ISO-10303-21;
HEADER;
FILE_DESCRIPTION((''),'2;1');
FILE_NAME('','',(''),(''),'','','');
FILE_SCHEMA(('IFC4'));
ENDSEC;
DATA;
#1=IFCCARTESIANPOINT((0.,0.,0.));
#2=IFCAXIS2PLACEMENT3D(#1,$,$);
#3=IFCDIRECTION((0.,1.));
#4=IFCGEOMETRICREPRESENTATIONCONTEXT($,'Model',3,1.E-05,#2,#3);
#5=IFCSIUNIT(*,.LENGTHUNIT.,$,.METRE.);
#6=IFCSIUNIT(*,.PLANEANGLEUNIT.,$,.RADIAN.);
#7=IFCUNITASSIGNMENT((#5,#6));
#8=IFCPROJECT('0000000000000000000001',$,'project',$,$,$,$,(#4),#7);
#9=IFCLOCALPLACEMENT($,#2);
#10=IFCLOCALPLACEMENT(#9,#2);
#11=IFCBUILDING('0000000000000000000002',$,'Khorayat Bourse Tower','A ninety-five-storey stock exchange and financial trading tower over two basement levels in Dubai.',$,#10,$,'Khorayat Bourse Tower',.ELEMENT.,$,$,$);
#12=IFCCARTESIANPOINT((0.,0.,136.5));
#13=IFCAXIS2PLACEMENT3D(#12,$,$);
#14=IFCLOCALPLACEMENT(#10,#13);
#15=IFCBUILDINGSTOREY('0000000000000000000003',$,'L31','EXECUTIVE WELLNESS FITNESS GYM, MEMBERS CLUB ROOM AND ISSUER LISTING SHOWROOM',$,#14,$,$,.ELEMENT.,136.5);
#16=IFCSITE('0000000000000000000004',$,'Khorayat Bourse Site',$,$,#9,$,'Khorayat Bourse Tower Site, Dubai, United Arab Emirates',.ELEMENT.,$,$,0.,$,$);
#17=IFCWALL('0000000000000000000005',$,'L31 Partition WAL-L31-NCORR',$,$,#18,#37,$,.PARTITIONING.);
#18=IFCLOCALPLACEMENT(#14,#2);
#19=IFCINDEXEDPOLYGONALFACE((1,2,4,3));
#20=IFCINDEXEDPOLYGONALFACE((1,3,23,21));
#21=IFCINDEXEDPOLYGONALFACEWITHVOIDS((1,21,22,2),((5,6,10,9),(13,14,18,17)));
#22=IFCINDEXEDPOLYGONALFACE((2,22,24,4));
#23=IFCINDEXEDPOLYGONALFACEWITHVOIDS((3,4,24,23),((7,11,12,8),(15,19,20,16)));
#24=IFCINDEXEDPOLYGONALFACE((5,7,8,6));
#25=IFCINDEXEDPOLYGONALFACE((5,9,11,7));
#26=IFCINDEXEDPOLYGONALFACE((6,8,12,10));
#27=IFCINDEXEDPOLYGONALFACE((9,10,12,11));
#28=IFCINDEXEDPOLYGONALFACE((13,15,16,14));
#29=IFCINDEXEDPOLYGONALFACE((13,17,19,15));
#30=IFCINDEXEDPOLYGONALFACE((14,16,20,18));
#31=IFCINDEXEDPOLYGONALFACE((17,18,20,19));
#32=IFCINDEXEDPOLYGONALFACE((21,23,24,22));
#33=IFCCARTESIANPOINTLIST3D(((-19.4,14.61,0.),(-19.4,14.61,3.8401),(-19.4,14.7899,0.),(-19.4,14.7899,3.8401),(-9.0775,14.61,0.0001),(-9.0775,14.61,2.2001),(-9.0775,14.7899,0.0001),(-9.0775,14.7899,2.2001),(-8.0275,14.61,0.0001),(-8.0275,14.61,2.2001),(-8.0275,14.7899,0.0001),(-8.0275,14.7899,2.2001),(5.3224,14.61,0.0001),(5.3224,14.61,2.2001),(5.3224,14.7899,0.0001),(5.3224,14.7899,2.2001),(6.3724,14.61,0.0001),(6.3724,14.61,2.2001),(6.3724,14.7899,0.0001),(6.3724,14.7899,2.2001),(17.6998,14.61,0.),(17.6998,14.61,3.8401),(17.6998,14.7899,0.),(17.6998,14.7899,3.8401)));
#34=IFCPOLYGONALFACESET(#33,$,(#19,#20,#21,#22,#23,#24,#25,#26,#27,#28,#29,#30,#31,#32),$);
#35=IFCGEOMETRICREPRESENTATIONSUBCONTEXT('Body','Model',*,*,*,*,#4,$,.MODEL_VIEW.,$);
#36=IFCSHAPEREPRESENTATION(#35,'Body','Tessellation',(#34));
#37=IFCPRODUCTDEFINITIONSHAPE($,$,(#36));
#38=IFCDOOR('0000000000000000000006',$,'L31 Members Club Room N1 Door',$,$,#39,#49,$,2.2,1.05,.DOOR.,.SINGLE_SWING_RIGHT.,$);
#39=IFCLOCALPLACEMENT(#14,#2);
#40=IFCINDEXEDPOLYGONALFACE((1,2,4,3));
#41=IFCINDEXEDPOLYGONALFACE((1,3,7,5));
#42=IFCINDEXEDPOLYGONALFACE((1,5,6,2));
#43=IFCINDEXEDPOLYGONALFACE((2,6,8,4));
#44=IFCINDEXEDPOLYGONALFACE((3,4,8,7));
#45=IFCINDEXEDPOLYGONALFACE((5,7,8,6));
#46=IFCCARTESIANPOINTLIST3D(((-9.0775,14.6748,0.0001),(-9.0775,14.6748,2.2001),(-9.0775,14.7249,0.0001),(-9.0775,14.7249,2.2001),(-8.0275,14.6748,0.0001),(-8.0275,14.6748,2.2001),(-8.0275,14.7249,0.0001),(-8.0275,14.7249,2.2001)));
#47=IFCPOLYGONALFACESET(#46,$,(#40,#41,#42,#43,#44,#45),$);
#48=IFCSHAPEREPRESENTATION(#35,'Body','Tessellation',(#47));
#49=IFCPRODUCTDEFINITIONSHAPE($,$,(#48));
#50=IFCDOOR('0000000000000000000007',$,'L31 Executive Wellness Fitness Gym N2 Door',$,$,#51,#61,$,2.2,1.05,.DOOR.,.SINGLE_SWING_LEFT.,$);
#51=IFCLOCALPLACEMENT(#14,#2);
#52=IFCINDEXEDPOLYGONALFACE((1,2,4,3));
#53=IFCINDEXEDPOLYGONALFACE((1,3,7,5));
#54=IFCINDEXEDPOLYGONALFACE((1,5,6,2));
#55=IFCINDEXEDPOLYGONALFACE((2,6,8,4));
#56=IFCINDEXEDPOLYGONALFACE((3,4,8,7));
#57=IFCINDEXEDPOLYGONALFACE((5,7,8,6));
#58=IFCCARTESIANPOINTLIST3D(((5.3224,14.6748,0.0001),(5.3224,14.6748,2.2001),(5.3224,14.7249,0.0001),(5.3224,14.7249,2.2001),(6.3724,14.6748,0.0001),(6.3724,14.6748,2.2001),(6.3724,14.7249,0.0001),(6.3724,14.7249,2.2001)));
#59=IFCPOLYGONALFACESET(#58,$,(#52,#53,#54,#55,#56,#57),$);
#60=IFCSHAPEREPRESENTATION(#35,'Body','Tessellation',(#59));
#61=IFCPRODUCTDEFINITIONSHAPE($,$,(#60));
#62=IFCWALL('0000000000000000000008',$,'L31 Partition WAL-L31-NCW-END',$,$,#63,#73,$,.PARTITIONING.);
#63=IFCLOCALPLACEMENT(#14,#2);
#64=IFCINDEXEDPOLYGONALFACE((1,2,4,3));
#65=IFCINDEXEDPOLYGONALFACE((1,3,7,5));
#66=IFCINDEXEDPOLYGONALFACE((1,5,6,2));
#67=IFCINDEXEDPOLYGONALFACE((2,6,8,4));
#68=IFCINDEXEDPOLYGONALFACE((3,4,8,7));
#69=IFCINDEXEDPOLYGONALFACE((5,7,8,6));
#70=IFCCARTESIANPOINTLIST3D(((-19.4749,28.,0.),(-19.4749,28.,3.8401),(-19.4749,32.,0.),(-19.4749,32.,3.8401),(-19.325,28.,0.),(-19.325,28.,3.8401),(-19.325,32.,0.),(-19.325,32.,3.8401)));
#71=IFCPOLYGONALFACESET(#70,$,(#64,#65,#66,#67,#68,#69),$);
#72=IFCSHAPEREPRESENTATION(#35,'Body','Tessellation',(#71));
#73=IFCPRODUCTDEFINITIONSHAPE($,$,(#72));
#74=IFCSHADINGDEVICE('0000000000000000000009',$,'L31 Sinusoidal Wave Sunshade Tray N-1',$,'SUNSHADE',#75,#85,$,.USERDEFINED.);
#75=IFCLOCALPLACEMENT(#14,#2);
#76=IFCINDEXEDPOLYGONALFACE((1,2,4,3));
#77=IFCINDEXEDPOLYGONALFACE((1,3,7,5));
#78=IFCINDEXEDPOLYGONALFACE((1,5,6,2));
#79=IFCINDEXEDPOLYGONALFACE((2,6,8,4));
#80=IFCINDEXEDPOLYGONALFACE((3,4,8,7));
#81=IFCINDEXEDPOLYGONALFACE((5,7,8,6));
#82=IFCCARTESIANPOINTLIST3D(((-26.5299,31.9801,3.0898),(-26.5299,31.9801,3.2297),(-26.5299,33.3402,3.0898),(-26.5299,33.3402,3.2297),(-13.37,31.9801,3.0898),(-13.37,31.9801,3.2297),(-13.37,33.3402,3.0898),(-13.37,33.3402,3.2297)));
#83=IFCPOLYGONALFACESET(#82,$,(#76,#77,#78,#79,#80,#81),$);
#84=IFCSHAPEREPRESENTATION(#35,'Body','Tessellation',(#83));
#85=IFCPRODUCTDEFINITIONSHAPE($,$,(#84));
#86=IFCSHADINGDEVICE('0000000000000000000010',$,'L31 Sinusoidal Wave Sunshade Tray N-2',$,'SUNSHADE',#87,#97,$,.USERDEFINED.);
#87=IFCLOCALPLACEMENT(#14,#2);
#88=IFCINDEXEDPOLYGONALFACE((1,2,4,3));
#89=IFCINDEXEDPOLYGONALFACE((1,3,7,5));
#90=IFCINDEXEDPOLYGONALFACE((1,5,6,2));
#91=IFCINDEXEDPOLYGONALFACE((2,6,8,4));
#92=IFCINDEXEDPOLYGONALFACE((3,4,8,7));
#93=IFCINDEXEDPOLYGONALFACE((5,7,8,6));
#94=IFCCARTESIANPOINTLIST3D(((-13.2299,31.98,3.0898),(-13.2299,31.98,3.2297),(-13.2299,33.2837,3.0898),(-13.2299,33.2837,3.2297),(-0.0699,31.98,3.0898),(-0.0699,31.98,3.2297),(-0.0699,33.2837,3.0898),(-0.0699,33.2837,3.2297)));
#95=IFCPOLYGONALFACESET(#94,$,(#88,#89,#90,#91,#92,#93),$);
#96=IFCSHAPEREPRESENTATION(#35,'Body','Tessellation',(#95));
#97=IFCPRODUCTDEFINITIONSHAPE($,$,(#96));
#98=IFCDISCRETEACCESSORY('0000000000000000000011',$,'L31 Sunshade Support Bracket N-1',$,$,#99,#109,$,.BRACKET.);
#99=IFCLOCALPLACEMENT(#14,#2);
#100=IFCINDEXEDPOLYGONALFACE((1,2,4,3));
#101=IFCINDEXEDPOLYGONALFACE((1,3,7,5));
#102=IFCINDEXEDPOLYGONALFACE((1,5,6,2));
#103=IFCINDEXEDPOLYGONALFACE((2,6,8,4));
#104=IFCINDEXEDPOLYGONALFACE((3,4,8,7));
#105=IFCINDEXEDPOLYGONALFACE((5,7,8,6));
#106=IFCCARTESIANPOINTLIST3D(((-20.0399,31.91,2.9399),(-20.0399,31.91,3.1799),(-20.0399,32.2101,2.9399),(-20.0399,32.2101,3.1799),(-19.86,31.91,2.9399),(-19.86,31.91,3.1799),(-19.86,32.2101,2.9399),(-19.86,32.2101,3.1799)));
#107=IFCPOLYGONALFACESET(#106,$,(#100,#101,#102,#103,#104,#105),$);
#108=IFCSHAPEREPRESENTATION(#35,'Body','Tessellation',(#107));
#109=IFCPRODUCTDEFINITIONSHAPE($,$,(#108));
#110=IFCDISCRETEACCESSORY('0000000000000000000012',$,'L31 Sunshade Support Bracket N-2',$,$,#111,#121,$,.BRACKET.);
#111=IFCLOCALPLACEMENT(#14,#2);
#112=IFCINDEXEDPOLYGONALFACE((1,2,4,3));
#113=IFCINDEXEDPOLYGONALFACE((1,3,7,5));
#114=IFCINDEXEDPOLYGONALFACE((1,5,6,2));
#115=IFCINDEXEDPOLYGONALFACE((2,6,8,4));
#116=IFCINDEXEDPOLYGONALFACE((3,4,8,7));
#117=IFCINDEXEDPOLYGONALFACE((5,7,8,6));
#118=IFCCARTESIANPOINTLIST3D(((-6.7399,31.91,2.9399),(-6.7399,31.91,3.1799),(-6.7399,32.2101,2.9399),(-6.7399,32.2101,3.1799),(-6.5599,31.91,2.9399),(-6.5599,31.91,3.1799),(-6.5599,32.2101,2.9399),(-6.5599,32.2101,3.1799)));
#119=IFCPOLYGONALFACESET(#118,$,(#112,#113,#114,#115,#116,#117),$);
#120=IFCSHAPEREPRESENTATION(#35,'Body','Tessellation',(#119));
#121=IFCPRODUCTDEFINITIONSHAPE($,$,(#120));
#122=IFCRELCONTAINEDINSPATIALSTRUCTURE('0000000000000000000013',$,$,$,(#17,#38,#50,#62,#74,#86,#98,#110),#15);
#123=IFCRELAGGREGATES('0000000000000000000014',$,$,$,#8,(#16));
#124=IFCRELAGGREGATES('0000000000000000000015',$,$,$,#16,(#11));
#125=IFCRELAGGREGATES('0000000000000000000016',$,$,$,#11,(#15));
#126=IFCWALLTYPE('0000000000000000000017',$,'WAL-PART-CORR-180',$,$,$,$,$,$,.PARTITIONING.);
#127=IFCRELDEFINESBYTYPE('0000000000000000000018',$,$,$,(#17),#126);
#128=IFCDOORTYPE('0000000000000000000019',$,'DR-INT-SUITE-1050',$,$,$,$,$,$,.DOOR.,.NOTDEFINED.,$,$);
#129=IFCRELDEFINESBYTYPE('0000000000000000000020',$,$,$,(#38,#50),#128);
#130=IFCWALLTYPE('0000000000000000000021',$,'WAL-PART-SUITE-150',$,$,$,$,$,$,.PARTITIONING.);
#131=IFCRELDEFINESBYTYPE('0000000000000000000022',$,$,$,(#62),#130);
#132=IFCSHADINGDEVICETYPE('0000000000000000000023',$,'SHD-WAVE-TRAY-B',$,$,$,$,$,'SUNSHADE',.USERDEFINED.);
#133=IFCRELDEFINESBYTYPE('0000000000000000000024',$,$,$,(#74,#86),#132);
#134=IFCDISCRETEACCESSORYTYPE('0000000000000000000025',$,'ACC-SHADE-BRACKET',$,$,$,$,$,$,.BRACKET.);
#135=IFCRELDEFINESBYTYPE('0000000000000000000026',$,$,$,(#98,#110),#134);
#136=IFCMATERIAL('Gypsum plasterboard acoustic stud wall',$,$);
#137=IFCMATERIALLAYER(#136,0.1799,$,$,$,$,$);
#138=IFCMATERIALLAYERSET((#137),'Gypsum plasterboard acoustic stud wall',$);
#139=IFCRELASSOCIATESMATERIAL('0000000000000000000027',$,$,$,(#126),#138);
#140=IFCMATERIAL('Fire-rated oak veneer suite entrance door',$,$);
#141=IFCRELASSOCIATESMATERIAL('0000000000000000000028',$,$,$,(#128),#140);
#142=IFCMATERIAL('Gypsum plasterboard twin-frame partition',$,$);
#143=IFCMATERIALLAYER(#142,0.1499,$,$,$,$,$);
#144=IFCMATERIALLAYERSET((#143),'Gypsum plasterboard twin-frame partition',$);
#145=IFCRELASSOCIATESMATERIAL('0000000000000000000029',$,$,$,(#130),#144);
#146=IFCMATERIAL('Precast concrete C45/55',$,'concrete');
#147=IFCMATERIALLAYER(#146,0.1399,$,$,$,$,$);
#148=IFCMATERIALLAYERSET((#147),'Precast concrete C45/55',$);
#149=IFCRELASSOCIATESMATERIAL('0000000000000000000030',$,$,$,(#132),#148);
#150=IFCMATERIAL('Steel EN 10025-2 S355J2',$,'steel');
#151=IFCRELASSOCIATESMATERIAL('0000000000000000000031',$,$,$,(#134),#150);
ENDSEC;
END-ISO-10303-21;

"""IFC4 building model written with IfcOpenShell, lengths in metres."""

from ifc_helpers import new_model, si_unit, direction, frame, frame_2d, origin, origin_2d, place, context, subcontext, project, spatial, rectangle, extrude, source, transform, mapped, material, layer, layer_set, type_object, element, fill, save


model = new_model("IFC4")

# Units and contexts
model_context = context("Model", 3, precision=1e-05, world=origin(), true_north=direction((0.0, 1.0)))
body_context = subcontext(model_context, "Body", "Model", "MODEL_VIEW")
ifc_project = project(units=[si_unit("LENGTHUNIT", "METRE"), si_unit("PLANEANGLEUNIT", "RADIAN")], contexts=[model_context])

# Site, building, storey
site_placement = place(None, origin())
site = spatial("IfcSite", under=ifc_project, at=site_placement, Name="Khorayat Bourse Site", LongName="Khorayat Bourse Tower Site, Dubai, United Arab Emirates", CompositionType="ELEMENT", RefElevation=0.0)
building_placement = place(site_placement, origin())
building = spatial("IfcBuilding", under=site, at=building_placement, Name="Khorayat Bourse Tower", Description="A ninety-five-storey stock exchange and financial trading tower over two basement levels in Dubai.", LongName="Khorayat Bourse Tower", CompositionType="ELEMENT")
storey_placement = place(building_placement, frame((0.0, 0.0, 136.5)))
storey = spatial("IfcBuildingStorey", under=building, at=storey_placement, Name="L31", Description="EXECUTIVE WELLNESS FITNESS GYM, MEMBERS CLUB ROOM AND ISSUER LISTING SHOWROOM", CompositionType="ELEMENT", Elevation=136.5)

# Shared definitions
ifc_material_1 = material(Name="Steel EN 10025-2 S355J2", Category="steel")

# Wall, openings, doors
ifc_material_2 = material(Name="Gypsum plasterboard acoustic stud wall")
ifc_layer_1 = layer(ifc_material_2, 0.1799)
ifc_layer_set_1 = layer_set([ifc_layer_1], Name="Gypsum plasterboard acoustic stud wall")
wall_type_1 = type_object("IfcWallType", Name="WAL-PART-CORR-180", PredefinedType="PARTITIONING", material=ifc_layer_set_1)
shared_shape_1 = source(origin(), body_context, "Body", "SweptSolid", [
    extrude(rectangle(XDim=37.0999, YDim=0.1799, at=frame_2d((18.5498, 0.0))), origin(), (0.0, 0.0, 1.0), 3.8401),
])
wall_1_placement = place(storey_placement, frame((-19.3999, 14.7, 0.0), z_axis=(0.0, 0.0, 1.0), x_axis=(1.0, 0.0, 0.0)))
wall_1 = element("IfcWall", 1, at=wall_1_placement, inside=storey, type_object=wall_type_1, Name="L31 Partition WAL-L31-NCORR", PredefinedType="PARTITIONING", context=body_context, shape_type="MappedRepresentation", body=[
    mapped(shared_shape_1, transform((0.0, 0.0, 0.0), scale=1.0)),
])
shared_shape_2 = source(origin(), body_context, "Body", "SweptSolid", [
    extrude(rectangle(XDim=1.05, YDim=2.2, at=frame_2d((0.5249, 1.1001))), frame((0.0, 0.0999, 0.0), z_axis=(0.0, -1.0, 0.0), x_axis=(1.0, 0.0, 0.0)), (0.0, 0.0, 1.0), 0.2),
])
opening_1_placement = place(wall_1_placement, frame((10.3225, 0.0, 0.0)))
opening_1 = element("IfcOpeningElement", 2, at=opening_1_placement, cuts=wall_1, PredefinedType="OPENING", context=body_context, shape_type="MappedRepresentation", body=[
    mapped(shared_shape_2, transform((0.0, 0.0, 0.0), scale=1.0)),
])
opening_2_placement = place(wall_1_placement, frame((24.7224, 0.0, 0.0)))
opening_2 = element("IfcOpeningElement", 3, at=opening_2_placement, cuts=wall_1, PredefinedType="OPENING", context=body_context, shape_type="MappedRepresentation", body=[
    mapped(shared_shape_2, transform((0.0, 0.0, 0.0), scale=1.0)),
])
ifc_material_3 = material(Name="Fire-rated oak veneer suite entrance door")
door_type_1 = type_object("IfcDoorType", Name="DR-INT-SUITE-1050", OperationType="NOTDEFINED", PredefinedType="DOOR", material=ifc_material_3)
shared_shape_3 = source(origin(), body_context, "Body", "SweptSolid", [
    extrude(rectangle(XDim=1.05, YDim=2.2, at=frame_2d((0.5249, 1.1001))), frame((0.0, 0.0249, 0.0), z_axis=(0.0, -1.0, 0.0), x_axis=(1.0, 0.0, 0.0)), (0.0, 0.0, 1.0), 0.05),
])
door_1_placement = place(opening_1_placement, origin())
door_1 = element("IfcDoor", 4, at=door_1_placement, inside=storey, type_object=door_type_1, Name="L31 Members Club Room N1 Door", OperationType="SINGLE_SWING_RIGHT", OverallHeight=2.2, OverallWidth=1.05, PredefinedType="DOOR", context=body_context, shape_type="MappedRepresentation", body=[
    mapped(shared_shape_3, transform((0.0, 0.0, 0.0), scale=1.0)),
])
fill(opening_1, door_1)
door_2_placement = place(opening_2_placement, origin())
door_2 = element("IfcDoor", 5, at=door_2_placement, inside=storey, type_object=door_type_1, Name="L31 Executive Wellness Fitness Gym N2 Door", OperationType="SINGLE_SWING_LEFT", OverallHeight=2.2, OverallWidth=1.05, PredefinedType="DOOR", context=body_context, shape_type="MappedRepresentation", body=[
    mapped(shared_shape_3, transform((0.0, 0.0, 0.0), scale=1.0)),
])
fill(opening_2, door_2)

# Wall
ifc_material_4 = material(Name="Gypsum plasterboard twin-frame partition")
ifc_layer_2 = layer(ifc_material_4, 0.1499)
ifc_layer_set_2 = layer_set([ifc_layer_2], Name="Gypsum plasterboard twin-frame partition")
wall_type_2 = type_object("IfcWallType", Name="WAL-PART-SUITE-150", PredefinedType="PARTITIONING", material=ifc_layer_set_2)
shared_shape_4 = source(origin(), body_context, "Body", "SweptSolid", [
    extrude(rectangle(XDim=4.0, YDim=0.1499, at=frame_2d((2.0, 0.0))), origin(), (0.0, 0.0, 1.0), 3.8401),
])
wall_2_placement = place(storey_placement, frame((-19.3999, 28.0, 0.0), z_axis=(0.0, 0.0, 1.0), x_axis=(0.0, 1.0, 0.0)))
element("IfcWall", 6, at=wall_2_placement, inside=storey, type_object=wall_type_2, Name="L31 Partition WAL-L31-NCW-END", PredefinedType="PARTITIONING", context=body_context, shape_type="MappedRepresentation", body=[
    mapped(shared_shape_4, transform((0.0, 0.0, 0.0), scale=1.0)),
])

# Shading devices
ifc_material_5 = material(Name="Precast concrete C45/55", Category="concrete")
ifc_layer_3 = layer(ifc_material_5, 0.1399)
ifc_layer_set_3 = layer_set([ifc_layer_3], Name="Precast concrete C45/55")
shading_device_type = type_object("IfcShadingDeviceType", Name="SHD-WAVE-TRAY-B", ElementType="SUNSHADE", PredefinedType="USERDEFINED", material=ifc_layer_set_3)
shared_shape_5 = source(origin(), body_context, "Body", "SweptSolid", [
    extrude(rectangle(XDim=13.1599, YDim=1.3601, at=origin_2d()), origin(), (0.0, 0.0, 1.0), 0.1399),
])
shading_device_1_placement = place(storey_placement, frame((-19.95, 32.6602, 3.0898), z_axis=(0.0, 0.0, 1.0), x_axis=(1.0, 0.0, 0.0)))
element("IfcShadingDevice", 7, at=shading_device_1_placement, inside=storey, type_object=shading_device_type, Name="L31 Sinusoidal Wave Sunshade Tray N-1", ObjectType="SUNSHADE", PredefinedType="USERDEFINED", context=body_context, shape_type="MappedRepresentation", body=[
    mapped(shared_shape_5, transform((0.0, 0.0, 0.0), scale=1.0)),
])
shared_shape_6 = source(origin(), body_context, "Body", "SweptSolid", [
    extrude(rectangle(XDim=13.1599, YDim=1.3037, at=origin_2d()), origin(), (0.0, 0.0, 1.0), 0.1399),
])
shading_device_2_placement = place(storey_placement, frame((-6.6499, 32.6318, 3.0898), z_axis=(0.0, 0.0, 1.0), x_axis=(1.0, 0.0, 0.0)))
element("IfcShadingDevice", 8, at=shading_device_2_placement, inside=storey, type_object=shading_device_type, Name="L31 Sinusoidal Wave Sunshade Tray N-2", ObjectType="SUNSHADE", PredefinedType="USERDEFINED", context=body_context, shape_type="MappedRepresentation", body=[
    mapped(shared_shape_6, transform((0.0, 0.0, 0.0), scale=1.0)),
])

# Discrete accessories
discrete_accessory_type = type_object("IfcDiscreteAccessoryType", Name="ACC-SHADE-BRACKET", PredefinedType="BRACKET", material=ifc_material_1)
shared_shape_7 = source(origin(), body_context, "Body", "SweptSolid", [
    extrude(rectangle(XDim=0.1799, YDim=0.3, at=origin_2d()), origin(), (0.0, 0.0, 1.0), 0.24),
])
for number, where, z_axis, x_axis, name in (
    (9, (-19.95, 32.0601, 2.9399), (0.0, 0.0, 1.0), (1.0, 0.0, 0.0), "L31 Sunshade Support Bracket N-1"),
    (10, (-6.6499, 32.0601, 2.9399), (0.0, 0.0, 1.0), (1.0, 0.0, 0.0), "L31 Sunshade Support Bracket N-2"),
):
    element("IfcDiscreteAccessory", number, at=place(storey_placement, frame(where, z_axis=z_axis, x_axis=x_axis)), inside=storey, type_object=discrete_accessory_type, Name=name, PredefinedType="BRACKET", context=body_context, shape_type="MappedRepresentation", body=[
        mapped(shared_shape_7, transform((0.0, 0.0, 0.0), scale=1.0)),
    ])

save(model, "model.ifc")
